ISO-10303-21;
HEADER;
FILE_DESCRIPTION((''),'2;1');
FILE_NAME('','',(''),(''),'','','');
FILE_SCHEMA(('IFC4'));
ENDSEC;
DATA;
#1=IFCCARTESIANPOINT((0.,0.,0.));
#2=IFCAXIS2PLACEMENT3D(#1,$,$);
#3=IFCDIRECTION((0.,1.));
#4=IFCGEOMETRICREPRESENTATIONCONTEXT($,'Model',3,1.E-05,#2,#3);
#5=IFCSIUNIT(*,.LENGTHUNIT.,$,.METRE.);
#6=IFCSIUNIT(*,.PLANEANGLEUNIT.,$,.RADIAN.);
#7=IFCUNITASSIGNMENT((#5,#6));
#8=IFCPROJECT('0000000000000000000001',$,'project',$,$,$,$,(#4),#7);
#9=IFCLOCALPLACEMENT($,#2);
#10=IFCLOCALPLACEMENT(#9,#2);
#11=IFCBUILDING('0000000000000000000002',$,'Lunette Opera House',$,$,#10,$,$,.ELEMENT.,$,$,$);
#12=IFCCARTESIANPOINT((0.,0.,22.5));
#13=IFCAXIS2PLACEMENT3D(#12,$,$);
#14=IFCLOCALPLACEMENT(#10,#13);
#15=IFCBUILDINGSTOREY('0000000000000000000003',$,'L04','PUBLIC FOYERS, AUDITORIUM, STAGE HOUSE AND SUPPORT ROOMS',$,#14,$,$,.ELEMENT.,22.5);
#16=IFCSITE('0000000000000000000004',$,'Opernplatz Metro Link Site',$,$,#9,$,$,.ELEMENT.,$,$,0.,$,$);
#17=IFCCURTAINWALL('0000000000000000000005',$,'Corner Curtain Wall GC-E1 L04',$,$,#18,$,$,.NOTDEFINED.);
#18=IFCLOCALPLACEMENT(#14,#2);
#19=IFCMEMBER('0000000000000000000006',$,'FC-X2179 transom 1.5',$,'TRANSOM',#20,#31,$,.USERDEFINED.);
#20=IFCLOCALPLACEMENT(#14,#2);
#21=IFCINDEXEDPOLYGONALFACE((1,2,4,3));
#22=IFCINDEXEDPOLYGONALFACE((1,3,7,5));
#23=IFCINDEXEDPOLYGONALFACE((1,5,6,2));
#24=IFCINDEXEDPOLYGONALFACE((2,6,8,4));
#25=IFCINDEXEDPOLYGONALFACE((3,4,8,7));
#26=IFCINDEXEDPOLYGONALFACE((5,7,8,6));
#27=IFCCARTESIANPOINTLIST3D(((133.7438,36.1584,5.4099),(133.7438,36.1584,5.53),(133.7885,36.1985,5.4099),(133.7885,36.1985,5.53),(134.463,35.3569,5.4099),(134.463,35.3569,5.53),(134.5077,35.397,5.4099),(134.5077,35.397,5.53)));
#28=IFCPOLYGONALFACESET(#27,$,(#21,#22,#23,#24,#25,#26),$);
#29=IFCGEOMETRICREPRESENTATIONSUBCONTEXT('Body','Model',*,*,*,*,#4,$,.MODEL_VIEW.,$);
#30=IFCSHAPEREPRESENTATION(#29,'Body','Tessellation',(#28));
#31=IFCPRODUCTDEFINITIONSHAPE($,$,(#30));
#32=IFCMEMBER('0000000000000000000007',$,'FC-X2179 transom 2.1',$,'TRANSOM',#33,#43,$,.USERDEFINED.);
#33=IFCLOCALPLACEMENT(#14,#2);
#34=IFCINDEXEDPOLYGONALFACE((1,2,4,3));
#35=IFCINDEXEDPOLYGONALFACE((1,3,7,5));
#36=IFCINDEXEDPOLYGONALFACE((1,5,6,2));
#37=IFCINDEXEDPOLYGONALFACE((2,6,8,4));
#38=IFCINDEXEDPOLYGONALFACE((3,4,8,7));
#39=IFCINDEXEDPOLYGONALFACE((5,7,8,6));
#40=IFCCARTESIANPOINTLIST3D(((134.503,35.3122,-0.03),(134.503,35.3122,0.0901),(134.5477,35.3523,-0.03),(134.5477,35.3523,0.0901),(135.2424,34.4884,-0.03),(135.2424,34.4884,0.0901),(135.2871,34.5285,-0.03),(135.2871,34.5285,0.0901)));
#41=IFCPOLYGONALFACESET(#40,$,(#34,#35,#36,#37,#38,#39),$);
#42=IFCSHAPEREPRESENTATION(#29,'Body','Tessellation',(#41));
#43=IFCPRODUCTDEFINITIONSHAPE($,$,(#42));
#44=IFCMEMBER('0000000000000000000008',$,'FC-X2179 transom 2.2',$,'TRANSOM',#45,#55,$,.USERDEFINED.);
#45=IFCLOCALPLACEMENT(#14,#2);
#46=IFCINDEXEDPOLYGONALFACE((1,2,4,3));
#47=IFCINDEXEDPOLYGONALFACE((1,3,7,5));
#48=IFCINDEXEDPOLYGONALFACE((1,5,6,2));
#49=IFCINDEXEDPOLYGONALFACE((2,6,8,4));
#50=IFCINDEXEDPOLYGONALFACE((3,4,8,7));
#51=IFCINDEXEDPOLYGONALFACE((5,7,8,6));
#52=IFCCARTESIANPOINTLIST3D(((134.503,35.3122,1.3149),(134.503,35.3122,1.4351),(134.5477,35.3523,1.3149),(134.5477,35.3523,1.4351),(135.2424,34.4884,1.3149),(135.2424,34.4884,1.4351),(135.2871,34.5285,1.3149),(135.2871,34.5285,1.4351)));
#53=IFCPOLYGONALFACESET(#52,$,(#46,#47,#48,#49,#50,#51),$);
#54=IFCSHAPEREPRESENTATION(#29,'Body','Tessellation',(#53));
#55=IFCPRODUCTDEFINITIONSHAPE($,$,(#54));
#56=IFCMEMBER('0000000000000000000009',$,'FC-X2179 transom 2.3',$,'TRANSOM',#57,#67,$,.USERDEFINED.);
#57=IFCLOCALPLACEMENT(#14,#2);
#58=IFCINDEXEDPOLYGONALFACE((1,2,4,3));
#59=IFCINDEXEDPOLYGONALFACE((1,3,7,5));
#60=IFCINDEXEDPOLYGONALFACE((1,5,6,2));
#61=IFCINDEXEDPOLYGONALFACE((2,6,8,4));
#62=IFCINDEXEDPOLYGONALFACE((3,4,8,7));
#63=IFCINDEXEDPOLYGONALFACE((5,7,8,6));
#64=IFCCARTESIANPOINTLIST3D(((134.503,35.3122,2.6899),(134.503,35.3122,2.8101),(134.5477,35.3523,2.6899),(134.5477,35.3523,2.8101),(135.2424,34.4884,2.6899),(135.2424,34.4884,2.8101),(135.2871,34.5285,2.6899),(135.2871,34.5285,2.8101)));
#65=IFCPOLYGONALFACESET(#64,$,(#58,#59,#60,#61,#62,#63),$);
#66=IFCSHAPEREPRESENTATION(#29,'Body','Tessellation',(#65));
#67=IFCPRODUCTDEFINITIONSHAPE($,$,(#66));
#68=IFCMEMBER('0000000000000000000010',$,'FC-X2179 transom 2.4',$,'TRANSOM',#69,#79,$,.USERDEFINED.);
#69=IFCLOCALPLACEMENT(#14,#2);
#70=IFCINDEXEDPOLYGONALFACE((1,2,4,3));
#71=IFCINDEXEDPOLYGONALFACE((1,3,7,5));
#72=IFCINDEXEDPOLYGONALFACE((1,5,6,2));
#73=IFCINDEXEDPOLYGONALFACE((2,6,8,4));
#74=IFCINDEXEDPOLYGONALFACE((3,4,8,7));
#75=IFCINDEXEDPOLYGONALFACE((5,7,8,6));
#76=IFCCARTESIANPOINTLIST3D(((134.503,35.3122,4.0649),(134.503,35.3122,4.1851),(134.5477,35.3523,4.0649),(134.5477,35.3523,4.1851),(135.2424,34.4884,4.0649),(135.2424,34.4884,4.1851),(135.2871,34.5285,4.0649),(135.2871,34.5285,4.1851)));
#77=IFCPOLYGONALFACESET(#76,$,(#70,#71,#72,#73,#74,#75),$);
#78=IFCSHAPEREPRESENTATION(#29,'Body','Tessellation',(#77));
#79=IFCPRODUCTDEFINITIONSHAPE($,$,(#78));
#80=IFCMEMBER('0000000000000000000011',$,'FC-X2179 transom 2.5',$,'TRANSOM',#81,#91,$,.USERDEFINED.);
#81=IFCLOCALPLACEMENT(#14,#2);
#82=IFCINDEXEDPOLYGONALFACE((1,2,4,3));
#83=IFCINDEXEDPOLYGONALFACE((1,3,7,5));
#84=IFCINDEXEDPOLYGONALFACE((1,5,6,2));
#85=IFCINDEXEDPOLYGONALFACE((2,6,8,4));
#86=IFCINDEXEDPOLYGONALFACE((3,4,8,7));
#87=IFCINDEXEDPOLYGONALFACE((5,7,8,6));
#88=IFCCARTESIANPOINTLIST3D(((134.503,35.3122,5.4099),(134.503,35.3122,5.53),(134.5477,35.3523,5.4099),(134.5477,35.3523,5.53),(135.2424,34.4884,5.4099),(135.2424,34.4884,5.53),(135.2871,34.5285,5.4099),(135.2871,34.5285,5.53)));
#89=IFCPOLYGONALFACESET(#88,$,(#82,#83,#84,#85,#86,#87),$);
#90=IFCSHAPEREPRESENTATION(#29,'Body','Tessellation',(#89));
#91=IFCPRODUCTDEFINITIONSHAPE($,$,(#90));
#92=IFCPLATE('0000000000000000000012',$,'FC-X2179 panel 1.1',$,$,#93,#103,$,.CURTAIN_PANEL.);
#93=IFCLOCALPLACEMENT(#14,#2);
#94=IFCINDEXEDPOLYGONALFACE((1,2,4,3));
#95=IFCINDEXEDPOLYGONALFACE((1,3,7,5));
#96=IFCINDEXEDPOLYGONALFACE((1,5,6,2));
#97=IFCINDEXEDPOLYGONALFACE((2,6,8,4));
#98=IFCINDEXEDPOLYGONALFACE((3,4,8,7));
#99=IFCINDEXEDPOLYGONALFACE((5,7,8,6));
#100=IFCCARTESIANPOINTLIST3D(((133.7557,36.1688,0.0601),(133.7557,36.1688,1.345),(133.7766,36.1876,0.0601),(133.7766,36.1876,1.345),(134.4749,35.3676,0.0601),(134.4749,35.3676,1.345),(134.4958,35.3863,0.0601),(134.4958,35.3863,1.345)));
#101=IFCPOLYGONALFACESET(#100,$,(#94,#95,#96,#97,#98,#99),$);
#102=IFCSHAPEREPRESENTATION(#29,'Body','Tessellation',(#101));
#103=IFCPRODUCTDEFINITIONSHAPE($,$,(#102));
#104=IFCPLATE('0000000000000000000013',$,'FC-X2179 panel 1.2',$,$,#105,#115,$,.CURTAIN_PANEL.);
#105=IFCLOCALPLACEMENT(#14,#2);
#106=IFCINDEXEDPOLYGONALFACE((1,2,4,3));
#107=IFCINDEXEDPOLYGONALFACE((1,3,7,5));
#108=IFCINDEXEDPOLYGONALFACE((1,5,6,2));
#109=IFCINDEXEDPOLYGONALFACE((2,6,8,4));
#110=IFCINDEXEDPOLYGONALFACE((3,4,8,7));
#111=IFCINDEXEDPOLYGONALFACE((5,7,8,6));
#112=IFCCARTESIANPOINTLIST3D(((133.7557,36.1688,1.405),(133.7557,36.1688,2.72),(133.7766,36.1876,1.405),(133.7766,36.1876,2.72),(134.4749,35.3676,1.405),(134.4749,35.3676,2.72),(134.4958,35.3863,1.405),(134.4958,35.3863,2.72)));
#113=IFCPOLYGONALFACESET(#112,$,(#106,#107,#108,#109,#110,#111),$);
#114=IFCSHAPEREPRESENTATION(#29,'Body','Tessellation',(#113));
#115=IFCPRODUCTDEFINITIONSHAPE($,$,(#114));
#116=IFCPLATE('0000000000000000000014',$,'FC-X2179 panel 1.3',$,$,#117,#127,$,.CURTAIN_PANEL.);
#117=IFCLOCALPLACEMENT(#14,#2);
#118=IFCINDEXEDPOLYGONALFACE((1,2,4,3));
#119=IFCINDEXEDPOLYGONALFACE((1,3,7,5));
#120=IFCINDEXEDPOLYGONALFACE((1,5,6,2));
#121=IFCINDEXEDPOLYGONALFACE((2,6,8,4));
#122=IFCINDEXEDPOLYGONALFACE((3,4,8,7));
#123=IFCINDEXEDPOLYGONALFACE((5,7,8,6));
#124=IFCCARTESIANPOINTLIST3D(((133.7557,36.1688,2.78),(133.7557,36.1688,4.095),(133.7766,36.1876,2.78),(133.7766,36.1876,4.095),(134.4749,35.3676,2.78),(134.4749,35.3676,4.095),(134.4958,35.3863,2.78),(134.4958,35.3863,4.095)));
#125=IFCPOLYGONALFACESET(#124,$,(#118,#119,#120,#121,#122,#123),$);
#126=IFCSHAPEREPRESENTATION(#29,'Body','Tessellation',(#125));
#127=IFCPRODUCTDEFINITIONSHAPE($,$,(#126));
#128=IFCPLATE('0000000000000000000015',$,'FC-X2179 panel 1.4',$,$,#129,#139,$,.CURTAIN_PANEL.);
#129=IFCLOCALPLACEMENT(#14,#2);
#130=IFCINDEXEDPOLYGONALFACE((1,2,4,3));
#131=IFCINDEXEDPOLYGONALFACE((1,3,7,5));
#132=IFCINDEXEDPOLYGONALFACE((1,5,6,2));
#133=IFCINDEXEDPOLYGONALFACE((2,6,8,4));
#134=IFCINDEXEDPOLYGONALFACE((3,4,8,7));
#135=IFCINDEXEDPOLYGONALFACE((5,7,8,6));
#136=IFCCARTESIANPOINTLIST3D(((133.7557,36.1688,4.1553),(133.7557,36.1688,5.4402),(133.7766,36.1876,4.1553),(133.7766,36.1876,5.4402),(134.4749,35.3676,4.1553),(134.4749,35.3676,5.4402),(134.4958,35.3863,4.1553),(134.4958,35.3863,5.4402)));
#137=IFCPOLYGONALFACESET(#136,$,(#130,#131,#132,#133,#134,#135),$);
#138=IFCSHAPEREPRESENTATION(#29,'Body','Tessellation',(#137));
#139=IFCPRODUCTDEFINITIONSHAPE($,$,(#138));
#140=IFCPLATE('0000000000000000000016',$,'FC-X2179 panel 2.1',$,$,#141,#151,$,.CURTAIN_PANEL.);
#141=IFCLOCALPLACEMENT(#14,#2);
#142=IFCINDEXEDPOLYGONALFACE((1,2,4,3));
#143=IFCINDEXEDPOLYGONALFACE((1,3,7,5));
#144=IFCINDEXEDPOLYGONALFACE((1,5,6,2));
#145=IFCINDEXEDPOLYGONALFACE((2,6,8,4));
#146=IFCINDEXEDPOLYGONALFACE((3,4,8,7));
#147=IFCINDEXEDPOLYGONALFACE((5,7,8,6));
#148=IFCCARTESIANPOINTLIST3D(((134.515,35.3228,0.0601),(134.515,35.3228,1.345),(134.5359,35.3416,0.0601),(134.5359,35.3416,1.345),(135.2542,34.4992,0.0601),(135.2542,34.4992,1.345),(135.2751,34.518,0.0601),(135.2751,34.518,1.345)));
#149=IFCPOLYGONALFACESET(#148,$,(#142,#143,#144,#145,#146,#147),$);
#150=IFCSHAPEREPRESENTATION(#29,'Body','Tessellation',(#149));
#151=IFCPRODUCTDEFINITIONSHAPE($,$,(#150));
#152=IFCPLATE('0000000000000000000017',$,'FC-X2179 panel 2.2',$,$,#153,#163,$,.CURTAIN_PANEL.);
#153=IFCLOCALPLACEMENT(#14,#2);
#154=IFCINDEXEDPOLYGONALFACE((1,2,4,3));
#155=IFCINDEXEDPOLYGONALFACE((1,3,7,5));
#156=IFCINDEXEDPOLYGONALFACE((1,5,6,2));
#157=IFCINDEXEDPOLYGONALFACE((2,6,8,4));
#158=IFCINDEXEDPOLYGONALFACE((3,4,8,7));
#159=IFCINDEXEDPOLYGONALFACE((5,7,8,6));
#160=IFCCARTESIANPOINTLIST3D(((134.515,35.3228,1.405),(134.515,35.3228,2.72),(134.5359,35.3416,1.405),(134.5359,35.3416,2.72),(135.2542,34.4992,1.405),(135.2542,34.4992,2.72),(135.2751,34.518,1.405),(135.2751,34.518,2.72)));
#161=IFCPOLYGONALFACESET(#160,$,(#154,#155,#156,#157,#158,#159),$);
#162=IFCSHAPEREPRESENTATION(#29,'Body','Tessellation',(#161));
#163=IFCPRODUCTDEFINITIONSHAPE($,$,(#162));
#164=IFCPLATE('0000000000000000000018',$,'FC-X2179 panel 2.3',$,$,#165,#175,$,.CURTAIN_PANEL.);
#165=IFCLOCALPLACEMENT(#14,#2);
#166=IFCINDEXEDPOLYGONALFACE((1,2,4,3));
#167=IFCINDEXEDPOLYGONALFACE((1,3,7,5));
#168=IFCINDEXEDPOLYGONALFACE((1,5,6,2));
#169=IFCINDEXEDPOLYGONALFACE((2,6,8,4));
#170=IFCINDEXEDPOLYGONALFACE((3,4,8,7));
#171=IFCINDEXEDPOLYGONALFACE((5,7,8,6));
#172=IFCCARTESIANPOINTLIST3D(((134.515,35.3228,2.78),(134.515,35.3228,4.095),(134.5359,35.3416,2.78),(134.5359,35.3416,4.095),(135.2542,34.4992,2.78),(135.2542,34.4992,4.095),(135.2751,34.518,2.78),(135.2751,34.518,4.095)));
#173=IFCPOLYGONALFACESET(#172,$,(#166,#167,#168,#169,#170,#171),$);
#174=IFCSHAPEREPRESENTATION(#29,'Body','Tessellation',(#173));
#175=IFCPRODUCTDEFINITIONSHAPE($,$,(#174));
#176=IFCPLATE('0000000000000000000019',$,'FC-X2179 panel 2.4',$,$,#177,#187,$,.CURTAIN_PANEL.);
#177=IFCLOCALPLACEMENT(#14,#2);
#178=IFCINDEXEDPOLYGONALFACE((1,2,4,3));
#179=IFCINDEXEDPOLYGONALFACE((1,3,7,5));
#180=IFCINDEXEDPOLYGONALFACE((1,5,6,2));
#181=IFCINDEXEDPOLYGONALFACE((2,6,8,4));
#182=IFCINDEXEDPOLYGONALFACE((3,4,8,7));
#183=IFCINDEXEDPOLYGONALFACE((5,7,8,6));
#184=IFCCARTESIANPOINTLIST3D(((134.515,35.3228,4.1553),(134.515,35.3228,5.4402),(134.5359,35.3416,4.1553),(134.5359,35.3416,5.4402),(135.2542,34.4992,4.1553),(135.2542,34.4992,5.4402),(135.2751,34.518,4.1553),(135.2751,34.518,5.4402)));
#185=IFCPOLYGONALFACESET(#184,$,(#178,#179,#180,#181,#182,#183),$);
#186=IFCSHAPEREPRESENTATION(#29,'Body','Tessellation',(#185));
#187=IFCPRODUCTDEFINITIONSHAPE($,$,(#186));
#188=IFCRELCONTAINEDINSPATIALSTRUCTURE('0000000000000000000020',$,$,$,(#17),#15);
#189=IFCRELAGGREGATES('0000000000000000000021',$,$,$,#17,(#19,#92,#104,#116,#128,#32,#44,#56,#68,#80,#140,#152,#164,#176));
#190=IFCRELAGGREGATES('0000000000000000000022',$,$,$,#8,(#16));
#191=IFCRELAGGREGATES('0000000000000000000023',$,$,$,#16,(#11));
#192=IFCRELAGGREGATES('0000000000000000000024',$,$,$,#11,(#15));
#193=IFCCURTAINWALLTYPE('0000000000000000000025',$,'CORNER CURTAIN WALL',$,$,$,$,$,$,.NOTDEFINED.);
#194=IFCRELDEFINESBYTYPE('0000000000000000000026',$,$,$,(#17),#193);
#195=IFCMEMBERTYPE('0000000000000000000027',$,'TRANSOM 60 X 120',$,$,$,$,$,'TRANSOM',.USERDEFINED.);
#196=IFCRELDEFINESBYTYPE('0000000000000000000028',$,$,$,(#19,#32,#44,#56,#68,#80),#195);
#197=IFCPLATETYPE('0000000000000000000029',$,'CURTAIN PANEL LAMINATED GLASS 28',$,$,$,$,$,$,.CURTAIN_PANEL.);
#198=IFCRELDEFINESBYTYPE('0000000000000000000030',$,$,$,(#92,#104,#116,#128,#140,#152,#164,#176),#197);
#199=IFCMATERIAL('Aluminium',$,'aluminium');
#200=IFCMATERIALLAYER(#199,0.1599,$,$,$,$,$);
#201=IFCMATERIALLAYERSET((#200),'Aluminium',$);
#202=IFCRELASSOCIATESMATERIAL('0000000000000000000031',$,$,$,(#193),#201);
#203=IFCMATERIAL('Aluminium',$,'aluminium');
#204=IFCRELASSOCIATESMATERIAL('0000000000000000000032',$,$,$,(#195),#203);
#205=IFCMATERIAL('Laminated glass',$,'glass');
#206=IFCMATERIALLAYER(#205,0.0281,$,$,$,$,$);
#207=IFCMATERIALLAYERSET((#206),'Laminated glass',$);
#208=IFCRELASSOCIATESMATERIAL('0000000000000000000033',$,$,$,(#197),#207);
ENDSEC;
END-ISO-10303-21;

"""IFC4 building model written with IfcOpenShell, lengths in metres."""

from ifc_helpers import new_model, si_unit, direction, frame, origin, origin_2d, place, context, subcontext, project, spatial, rectangle, extrude, material, layer, layer_set, material_profile, profile_set, type_object, element, aggregate, save


model = new_model("IFC4")

# Units and contexts
model_context = context("Model", 3, precision=1e-05, world=origin(), true_north=direction((0.0, 1.0)))
body_context = subcontext(model_context, "Body", "Model", "MODEL_VIEW")
ifc_project = project(units=[si_unit("LENGTHUNIT", "METRE"), si_unit("PLANEANGLEUNIT", "RADIAN")], contexts=[model_context])

# Site, building, storey
site_placement = place(None, origin())
site = spatial("IfcSite", under=ifc_project, at=site_placement, Name="Opernplatz Metro Link Site", CompositionType="ELEMENT", RefElevation=0.0)
building_placement = place(site_placement, origin())
building = spatial("IfcBuilding", under=site, at=building_placement, Name="Lunette Opera House", CompositionType="ELEMENT")
storey_placement = place(building_placement, frame((0.0, 0.0, 22.5)))
storey = spatial("IfcBuildingStorey", under=building, at=storey_placement, Name="L04", Description="PUBLIC FOYERS, AUDITORIUM, STAGE HOUSE AND SUPPORT ROOMS", CompositionType="ELEMENT", Elevation=22.5)

# Curtain wall
ifc_material_1 = material(Name="Aluminium", Category="aluminium")
ifc_layer_1 = layer(ifc_material_1, 0.1599)
ifc_layer_set_1 = layer_set([ifc_layer_1], Name="Aluminium")
curtain_wall_type = type_object("IfcCurtainWallType", Name="CORNER CURTAIN WALL", PredefinedType="NOTDEFINED", material=ifc_layer_set_1)
curtain_wall_placement = place(storey_placement, origin())
curtain_wall = element("IfcCurtainWall", 1, at=curtain_wall_placement, inside=storey, type_object=curtain_wall_type, Name="Corner Curtain Wall GC-E1 L04", PredefinedType="NOTDEFINED")

# Members
ifc_material_2 = material(Name="Aluminium", Category="aluminium")
ifc_material_profile_1 = material_profile(ifc_material_2, rectangle(XDim=0.0601, YDim=0.1201, at=origin_2d()), Name="TRANSOM 60 X 120")
ifc_profile_set_1 = profile_set([ifc_material_profile_1], Name="Aluminium")
member_type_1 = type_object("IfcMemberType", Name="TRANSOM 60 X 120", ElementType="TRANSOM", PredefinedType="USERDEFINED", material=ifc_profile_set_1)
member_1_placement = place(storey_placement, frame((133.7661, 36.1785, 5.47), z_axis=(0.667874, -0.744274, 0.0), x_axis=(0.744274, 0.667874, 0.0)))
member_1 = element("IfcMember", 2, at=member_1_placement, type_object=member_type_1, Name="FC-X2179 transom 1.5", ObjectType="TRANSOM", PredefinedType="USERDEFINED", context=body_context, shape_type="SweptSolid", body=[
    extrude(rectangle(XDim=0.0601, YDim=0.1201, at=origin_2d()), origin(), (0.0, 0.0, 1.0), 1.0769),
])
member_2_placement = place(storey_placement, frame((134.5254, 35.3323, 0.03), z_axis=(0.667916, -0.744237, 0.0), x_axis=(0.744237, 0.667916, 0.0)))
member_2 = element("IfcMember", 3, at=member_2_placement, type_object=member_type_1, Name="FC-X2179 transom 2.1", ObjectType="TRANSOM", PredefinedType="USERDEFINED", context=body_context, shape_type="SweptSolid", body=[
    extrude(rectangle(XDim=0.0601, YDim=0.1201, at=origin_2d()), origin(), (0.0, 0.0, 1.0), 1.1069),
])
member_3_placement = place(storey_placement, frame((134.5254, 35.3323, 1.375), z_axis=(0.667916, -0.744237, 0.0), x_axis=(0.744237, 0.667916, 0.0)))
member_3 = element("IfcMember", 4, at=member_3_placement, type_object=member_type_1, Name="FC-X2179 transom 2.2", ObjectType="TRANSOM", PredefinedType="USERDEFINED", context=body_context, shape_type="SweptSolid", body=[
    extrude(rectangle(XDim=0.0601, YDim=0.1201, at=origin_2d()), origin(), (0.0, 0.0, 1.0), 1.1069),
])
member_4_placement = place(storey_placement, frame((134.5254, 35.3323, 2.75), z_axis=(0.667916, -0.744237, 0.0), x_axis=(0.744237, 0.667916, 0.0)))
member_4 = element("IfcMember", 5, at=member_4_placement, type_object=member_type_1, Name="FC-X2179 transom 2.3", ObjectType="TRANSOM", PredefinedType="USERDEFINED", context=body_context, shape_type="SweptSolid", body=[
    extrude(rectangle(XDim=0.0601, YDim=0.1201, at=origin_2d()), origin(), (0.0, 0.0, 1.0), 1.1069),
])
member_5_placement = place(storey_placement, frame((134.5254, 35.3323, 4.125), z_axis=(0.667916, -0.744237, 0.0), x_axis=(0.744237, 0.667916, 0.0)))
member_5 = element("IfcMember", 6, at=member_5_placement, type_object=member_type_1, Name="FC-X2179 transom 2.4", ObjectType="TRANSOM", PredefinedType="USERDEFINED", context=body_context, shape_type="SweptSolid", body=[
    extrude(rectangle(XDim=0.0601, YDim=0.1201, at=origin_2d()), origin(), (0.0, 0.0, 1.0), 1.1069),
])
member_6_placement = place(storey_placement, frame((134.5254, 35.3323, 5.47), z_axis=(0.667916, -0.744237, 0.0), x_axis=(0.744237, 0.667916, 0.0)))
member_6 = element("IfcMember", 7, at=member_6_placement, type_object=member_type_1, Name="FC-X2179 transom 2.5", ObjectType="TRANSOM", PredefinedType="USERDEFINED", context=body_context, shape_type="SweptSolid", body=[
    extrude(rectangle(XDim=0.0601, YDim=0.1201, at=origin_2d()), origin(), (0.0, 0.0, 1.0), 1.1069),
])

# Plates
ifc_material_3 = material(Name="Laminated glass", Category="glass")
ifc_layer_2 = layer(ifc_material_3, 0.0281)
ifc_layer_set_2 = layer_set([ifc_layer_2], Name="Laminated glass")
plate_type = type_object("IfcPlateType", Name="CURTAIN PANEL LAMINATED GLASS 28", PredefinedType="CURTAIN_PANEL", material=ifc_layer_set_2)
plate_1_placement = place(storey_placement, frame((134.1257, 35.7776, 0.0601), z_axis=(0.0, 0.0, 1.0), x_axis=(0.667938, -0.744217, 0.0)))
plate_1 = element("IfcPlate", 8, at=plate_1_placement, type_object=plate_type, Name="FC-X2179 panel 1.1", PredefinedType="CURTAIN_PANEL", context=body_context, shape_type="SweptSolid", body=[
    extrude(rectangle(XDim=1.0767, YDim=0.0281, at=origin_2d()), origin(), (0.0, 0.0, 1.0), 1.2849),
])
plate_2_placement = place(storey_placement, frame((134.1257, 35.7776, 1.405), z_axis=(0.0, 0.0, 1.0), x_axis=(0.667938, -0.744217, 0.0)))
plate_2 = element("IfcPlate", 9, at=plate_2_placement, type_object=plate_type, Name="FC-X2179 panel 1.2", PredefinedType="CURTAIN_PANEL", context=body_context, shape_type="SweptSolid", body=[
    extrude(rectangle(XDim=1.0767, YDim=0.0281, at=origin_2d()), origin(), (0.0, 0.0, 1.0), 1.3149),
])
plate_3_placement = place(storey_placement, frame((134.1257, 35.7776, 2.78), z_axis=(0.0, 0.0, 1.0), x_axis=(0.667938, -0.744217, 0.0)))
plate_3 = element("IfcPlate", 10, at=plate_3_placement, type_object=plate_type, Name="FC-X2179 panel 1.3", PredefinedType="CURTAIN_PANEL", context=body_context, shape_type="SweptSolid", body=[
    extrude(rectangle(XDim=1.0767, YDim=0.0281, at=origin_2d()), origin(), (0.0, 0.0, 1.0), 1.3149),
])
plate_4_placement = place(storey_placement, frame((134.1257, 35.7776, 4.1553), z_axis=(0.0, 0.0, 1.0), x_axis=(0.667938, -0.744217, 0.0)))
plate_4 = element("IfcPlate", 11, at=plate_4_placement, type_object=plate_type, Name="FC-X2179 panel 1.4", PredefinedType="CURTAIN_PANEL", context=body_context, shape_type="SweptSolid", body=[
    extrude(rectangle(XDim=1.0767, YDim=0.0281, at=origin_2d()), origin(), (0.0, 0.0, 1.0), 1.2849),
])
plate_5_placement = place(storey_placement, frame((134.895, 34.9204, 0.0601), z_axis=(0.0, 0.0, 1.0), x_axis=(0.667938, -0.744217, 0.0)))
plate_5 = element("IfcPlate", 12, at=plate_5_placement, type_object=plate_type, Name="FC-X2179 panel 2.1", PredefinedType="CURTAIN_PANEL", context=body_context, shape_type="SweptSolid", body=[
    extrude(rectangle(XDim=1.1067, YDim=0.0281, at=origin_2d()), origin(), (0.0, 0.0, 1.0), 1.2849),
])
plate_6_placement = place(storey_placement, frame((134.895, 34.9204, 1.405), z_axis=(0.0, 0.0, 1.0), x_axis=(0.667938, -0.744217, 0.0)))
plate_6 = element("IfcPlate", 13, at=plate_6_placement, type_object=plate_type, Name="FC-X2179 panel 2.2", PredefinedType="CURTAIN_PANEL", context=body_context, shape_type="SweptSolid", body=[
    extrude(rectangle(XDim=1.1067, YDim=0.0281, at=origin_2d()), origin(), (0.0, 0.0, 1.0), 1.3149),
])
plate_7_placement = place(storey_placement, frame((134.895, 34.9204, 2.78), z_axis=(0.0, 0.0, 1.0), x_axis=(0.667938, -0.744217, 0.0)))
plate_7 = element("IfcPlate", 14, at=plate_7_placement, type_object=plate_type, Name="FC-X2179 panel 2.3", PredefinedType="CURTAIN_PANEL", context=body_context, shape_type="SweptSolid", body=[
    extrude(rectangle(XDim=1.1067, YDim=0.0281, at=origin_2d()), origin(), (0.0, 0.0, 1.0), 1.3149),
])
plate_8_placement = place(storey_placement, frame((134.895, 34.9204, 4.1553), z_axis=(0.0, 0.0, 1.0), x_axis=(0.667938, -0.744217, 0.0)))
plate_8 = element("IfcPlate", 15, at=plate_8_placement, type_object=plate_type, Name="FC-X2179 panel 2.4", PredefinedType="CURTAIN_PANEL", context=body_context, shape_type="SweptSolid", body=[
    extrude(rectangle(XDim=1.1067, YDim=0.0281, at=origin_2d()), origin(), (0.0, 0.0, 1.0), 1.2849),
])
aggregate(curtain_wall, [member_1, plate_1, plate_2, plate_3, plate_4, member_2, member_3, member_4, member_5, member_6, plate_5, plate_6, plate_7, plate_8])

save(model, "model.ifc")
